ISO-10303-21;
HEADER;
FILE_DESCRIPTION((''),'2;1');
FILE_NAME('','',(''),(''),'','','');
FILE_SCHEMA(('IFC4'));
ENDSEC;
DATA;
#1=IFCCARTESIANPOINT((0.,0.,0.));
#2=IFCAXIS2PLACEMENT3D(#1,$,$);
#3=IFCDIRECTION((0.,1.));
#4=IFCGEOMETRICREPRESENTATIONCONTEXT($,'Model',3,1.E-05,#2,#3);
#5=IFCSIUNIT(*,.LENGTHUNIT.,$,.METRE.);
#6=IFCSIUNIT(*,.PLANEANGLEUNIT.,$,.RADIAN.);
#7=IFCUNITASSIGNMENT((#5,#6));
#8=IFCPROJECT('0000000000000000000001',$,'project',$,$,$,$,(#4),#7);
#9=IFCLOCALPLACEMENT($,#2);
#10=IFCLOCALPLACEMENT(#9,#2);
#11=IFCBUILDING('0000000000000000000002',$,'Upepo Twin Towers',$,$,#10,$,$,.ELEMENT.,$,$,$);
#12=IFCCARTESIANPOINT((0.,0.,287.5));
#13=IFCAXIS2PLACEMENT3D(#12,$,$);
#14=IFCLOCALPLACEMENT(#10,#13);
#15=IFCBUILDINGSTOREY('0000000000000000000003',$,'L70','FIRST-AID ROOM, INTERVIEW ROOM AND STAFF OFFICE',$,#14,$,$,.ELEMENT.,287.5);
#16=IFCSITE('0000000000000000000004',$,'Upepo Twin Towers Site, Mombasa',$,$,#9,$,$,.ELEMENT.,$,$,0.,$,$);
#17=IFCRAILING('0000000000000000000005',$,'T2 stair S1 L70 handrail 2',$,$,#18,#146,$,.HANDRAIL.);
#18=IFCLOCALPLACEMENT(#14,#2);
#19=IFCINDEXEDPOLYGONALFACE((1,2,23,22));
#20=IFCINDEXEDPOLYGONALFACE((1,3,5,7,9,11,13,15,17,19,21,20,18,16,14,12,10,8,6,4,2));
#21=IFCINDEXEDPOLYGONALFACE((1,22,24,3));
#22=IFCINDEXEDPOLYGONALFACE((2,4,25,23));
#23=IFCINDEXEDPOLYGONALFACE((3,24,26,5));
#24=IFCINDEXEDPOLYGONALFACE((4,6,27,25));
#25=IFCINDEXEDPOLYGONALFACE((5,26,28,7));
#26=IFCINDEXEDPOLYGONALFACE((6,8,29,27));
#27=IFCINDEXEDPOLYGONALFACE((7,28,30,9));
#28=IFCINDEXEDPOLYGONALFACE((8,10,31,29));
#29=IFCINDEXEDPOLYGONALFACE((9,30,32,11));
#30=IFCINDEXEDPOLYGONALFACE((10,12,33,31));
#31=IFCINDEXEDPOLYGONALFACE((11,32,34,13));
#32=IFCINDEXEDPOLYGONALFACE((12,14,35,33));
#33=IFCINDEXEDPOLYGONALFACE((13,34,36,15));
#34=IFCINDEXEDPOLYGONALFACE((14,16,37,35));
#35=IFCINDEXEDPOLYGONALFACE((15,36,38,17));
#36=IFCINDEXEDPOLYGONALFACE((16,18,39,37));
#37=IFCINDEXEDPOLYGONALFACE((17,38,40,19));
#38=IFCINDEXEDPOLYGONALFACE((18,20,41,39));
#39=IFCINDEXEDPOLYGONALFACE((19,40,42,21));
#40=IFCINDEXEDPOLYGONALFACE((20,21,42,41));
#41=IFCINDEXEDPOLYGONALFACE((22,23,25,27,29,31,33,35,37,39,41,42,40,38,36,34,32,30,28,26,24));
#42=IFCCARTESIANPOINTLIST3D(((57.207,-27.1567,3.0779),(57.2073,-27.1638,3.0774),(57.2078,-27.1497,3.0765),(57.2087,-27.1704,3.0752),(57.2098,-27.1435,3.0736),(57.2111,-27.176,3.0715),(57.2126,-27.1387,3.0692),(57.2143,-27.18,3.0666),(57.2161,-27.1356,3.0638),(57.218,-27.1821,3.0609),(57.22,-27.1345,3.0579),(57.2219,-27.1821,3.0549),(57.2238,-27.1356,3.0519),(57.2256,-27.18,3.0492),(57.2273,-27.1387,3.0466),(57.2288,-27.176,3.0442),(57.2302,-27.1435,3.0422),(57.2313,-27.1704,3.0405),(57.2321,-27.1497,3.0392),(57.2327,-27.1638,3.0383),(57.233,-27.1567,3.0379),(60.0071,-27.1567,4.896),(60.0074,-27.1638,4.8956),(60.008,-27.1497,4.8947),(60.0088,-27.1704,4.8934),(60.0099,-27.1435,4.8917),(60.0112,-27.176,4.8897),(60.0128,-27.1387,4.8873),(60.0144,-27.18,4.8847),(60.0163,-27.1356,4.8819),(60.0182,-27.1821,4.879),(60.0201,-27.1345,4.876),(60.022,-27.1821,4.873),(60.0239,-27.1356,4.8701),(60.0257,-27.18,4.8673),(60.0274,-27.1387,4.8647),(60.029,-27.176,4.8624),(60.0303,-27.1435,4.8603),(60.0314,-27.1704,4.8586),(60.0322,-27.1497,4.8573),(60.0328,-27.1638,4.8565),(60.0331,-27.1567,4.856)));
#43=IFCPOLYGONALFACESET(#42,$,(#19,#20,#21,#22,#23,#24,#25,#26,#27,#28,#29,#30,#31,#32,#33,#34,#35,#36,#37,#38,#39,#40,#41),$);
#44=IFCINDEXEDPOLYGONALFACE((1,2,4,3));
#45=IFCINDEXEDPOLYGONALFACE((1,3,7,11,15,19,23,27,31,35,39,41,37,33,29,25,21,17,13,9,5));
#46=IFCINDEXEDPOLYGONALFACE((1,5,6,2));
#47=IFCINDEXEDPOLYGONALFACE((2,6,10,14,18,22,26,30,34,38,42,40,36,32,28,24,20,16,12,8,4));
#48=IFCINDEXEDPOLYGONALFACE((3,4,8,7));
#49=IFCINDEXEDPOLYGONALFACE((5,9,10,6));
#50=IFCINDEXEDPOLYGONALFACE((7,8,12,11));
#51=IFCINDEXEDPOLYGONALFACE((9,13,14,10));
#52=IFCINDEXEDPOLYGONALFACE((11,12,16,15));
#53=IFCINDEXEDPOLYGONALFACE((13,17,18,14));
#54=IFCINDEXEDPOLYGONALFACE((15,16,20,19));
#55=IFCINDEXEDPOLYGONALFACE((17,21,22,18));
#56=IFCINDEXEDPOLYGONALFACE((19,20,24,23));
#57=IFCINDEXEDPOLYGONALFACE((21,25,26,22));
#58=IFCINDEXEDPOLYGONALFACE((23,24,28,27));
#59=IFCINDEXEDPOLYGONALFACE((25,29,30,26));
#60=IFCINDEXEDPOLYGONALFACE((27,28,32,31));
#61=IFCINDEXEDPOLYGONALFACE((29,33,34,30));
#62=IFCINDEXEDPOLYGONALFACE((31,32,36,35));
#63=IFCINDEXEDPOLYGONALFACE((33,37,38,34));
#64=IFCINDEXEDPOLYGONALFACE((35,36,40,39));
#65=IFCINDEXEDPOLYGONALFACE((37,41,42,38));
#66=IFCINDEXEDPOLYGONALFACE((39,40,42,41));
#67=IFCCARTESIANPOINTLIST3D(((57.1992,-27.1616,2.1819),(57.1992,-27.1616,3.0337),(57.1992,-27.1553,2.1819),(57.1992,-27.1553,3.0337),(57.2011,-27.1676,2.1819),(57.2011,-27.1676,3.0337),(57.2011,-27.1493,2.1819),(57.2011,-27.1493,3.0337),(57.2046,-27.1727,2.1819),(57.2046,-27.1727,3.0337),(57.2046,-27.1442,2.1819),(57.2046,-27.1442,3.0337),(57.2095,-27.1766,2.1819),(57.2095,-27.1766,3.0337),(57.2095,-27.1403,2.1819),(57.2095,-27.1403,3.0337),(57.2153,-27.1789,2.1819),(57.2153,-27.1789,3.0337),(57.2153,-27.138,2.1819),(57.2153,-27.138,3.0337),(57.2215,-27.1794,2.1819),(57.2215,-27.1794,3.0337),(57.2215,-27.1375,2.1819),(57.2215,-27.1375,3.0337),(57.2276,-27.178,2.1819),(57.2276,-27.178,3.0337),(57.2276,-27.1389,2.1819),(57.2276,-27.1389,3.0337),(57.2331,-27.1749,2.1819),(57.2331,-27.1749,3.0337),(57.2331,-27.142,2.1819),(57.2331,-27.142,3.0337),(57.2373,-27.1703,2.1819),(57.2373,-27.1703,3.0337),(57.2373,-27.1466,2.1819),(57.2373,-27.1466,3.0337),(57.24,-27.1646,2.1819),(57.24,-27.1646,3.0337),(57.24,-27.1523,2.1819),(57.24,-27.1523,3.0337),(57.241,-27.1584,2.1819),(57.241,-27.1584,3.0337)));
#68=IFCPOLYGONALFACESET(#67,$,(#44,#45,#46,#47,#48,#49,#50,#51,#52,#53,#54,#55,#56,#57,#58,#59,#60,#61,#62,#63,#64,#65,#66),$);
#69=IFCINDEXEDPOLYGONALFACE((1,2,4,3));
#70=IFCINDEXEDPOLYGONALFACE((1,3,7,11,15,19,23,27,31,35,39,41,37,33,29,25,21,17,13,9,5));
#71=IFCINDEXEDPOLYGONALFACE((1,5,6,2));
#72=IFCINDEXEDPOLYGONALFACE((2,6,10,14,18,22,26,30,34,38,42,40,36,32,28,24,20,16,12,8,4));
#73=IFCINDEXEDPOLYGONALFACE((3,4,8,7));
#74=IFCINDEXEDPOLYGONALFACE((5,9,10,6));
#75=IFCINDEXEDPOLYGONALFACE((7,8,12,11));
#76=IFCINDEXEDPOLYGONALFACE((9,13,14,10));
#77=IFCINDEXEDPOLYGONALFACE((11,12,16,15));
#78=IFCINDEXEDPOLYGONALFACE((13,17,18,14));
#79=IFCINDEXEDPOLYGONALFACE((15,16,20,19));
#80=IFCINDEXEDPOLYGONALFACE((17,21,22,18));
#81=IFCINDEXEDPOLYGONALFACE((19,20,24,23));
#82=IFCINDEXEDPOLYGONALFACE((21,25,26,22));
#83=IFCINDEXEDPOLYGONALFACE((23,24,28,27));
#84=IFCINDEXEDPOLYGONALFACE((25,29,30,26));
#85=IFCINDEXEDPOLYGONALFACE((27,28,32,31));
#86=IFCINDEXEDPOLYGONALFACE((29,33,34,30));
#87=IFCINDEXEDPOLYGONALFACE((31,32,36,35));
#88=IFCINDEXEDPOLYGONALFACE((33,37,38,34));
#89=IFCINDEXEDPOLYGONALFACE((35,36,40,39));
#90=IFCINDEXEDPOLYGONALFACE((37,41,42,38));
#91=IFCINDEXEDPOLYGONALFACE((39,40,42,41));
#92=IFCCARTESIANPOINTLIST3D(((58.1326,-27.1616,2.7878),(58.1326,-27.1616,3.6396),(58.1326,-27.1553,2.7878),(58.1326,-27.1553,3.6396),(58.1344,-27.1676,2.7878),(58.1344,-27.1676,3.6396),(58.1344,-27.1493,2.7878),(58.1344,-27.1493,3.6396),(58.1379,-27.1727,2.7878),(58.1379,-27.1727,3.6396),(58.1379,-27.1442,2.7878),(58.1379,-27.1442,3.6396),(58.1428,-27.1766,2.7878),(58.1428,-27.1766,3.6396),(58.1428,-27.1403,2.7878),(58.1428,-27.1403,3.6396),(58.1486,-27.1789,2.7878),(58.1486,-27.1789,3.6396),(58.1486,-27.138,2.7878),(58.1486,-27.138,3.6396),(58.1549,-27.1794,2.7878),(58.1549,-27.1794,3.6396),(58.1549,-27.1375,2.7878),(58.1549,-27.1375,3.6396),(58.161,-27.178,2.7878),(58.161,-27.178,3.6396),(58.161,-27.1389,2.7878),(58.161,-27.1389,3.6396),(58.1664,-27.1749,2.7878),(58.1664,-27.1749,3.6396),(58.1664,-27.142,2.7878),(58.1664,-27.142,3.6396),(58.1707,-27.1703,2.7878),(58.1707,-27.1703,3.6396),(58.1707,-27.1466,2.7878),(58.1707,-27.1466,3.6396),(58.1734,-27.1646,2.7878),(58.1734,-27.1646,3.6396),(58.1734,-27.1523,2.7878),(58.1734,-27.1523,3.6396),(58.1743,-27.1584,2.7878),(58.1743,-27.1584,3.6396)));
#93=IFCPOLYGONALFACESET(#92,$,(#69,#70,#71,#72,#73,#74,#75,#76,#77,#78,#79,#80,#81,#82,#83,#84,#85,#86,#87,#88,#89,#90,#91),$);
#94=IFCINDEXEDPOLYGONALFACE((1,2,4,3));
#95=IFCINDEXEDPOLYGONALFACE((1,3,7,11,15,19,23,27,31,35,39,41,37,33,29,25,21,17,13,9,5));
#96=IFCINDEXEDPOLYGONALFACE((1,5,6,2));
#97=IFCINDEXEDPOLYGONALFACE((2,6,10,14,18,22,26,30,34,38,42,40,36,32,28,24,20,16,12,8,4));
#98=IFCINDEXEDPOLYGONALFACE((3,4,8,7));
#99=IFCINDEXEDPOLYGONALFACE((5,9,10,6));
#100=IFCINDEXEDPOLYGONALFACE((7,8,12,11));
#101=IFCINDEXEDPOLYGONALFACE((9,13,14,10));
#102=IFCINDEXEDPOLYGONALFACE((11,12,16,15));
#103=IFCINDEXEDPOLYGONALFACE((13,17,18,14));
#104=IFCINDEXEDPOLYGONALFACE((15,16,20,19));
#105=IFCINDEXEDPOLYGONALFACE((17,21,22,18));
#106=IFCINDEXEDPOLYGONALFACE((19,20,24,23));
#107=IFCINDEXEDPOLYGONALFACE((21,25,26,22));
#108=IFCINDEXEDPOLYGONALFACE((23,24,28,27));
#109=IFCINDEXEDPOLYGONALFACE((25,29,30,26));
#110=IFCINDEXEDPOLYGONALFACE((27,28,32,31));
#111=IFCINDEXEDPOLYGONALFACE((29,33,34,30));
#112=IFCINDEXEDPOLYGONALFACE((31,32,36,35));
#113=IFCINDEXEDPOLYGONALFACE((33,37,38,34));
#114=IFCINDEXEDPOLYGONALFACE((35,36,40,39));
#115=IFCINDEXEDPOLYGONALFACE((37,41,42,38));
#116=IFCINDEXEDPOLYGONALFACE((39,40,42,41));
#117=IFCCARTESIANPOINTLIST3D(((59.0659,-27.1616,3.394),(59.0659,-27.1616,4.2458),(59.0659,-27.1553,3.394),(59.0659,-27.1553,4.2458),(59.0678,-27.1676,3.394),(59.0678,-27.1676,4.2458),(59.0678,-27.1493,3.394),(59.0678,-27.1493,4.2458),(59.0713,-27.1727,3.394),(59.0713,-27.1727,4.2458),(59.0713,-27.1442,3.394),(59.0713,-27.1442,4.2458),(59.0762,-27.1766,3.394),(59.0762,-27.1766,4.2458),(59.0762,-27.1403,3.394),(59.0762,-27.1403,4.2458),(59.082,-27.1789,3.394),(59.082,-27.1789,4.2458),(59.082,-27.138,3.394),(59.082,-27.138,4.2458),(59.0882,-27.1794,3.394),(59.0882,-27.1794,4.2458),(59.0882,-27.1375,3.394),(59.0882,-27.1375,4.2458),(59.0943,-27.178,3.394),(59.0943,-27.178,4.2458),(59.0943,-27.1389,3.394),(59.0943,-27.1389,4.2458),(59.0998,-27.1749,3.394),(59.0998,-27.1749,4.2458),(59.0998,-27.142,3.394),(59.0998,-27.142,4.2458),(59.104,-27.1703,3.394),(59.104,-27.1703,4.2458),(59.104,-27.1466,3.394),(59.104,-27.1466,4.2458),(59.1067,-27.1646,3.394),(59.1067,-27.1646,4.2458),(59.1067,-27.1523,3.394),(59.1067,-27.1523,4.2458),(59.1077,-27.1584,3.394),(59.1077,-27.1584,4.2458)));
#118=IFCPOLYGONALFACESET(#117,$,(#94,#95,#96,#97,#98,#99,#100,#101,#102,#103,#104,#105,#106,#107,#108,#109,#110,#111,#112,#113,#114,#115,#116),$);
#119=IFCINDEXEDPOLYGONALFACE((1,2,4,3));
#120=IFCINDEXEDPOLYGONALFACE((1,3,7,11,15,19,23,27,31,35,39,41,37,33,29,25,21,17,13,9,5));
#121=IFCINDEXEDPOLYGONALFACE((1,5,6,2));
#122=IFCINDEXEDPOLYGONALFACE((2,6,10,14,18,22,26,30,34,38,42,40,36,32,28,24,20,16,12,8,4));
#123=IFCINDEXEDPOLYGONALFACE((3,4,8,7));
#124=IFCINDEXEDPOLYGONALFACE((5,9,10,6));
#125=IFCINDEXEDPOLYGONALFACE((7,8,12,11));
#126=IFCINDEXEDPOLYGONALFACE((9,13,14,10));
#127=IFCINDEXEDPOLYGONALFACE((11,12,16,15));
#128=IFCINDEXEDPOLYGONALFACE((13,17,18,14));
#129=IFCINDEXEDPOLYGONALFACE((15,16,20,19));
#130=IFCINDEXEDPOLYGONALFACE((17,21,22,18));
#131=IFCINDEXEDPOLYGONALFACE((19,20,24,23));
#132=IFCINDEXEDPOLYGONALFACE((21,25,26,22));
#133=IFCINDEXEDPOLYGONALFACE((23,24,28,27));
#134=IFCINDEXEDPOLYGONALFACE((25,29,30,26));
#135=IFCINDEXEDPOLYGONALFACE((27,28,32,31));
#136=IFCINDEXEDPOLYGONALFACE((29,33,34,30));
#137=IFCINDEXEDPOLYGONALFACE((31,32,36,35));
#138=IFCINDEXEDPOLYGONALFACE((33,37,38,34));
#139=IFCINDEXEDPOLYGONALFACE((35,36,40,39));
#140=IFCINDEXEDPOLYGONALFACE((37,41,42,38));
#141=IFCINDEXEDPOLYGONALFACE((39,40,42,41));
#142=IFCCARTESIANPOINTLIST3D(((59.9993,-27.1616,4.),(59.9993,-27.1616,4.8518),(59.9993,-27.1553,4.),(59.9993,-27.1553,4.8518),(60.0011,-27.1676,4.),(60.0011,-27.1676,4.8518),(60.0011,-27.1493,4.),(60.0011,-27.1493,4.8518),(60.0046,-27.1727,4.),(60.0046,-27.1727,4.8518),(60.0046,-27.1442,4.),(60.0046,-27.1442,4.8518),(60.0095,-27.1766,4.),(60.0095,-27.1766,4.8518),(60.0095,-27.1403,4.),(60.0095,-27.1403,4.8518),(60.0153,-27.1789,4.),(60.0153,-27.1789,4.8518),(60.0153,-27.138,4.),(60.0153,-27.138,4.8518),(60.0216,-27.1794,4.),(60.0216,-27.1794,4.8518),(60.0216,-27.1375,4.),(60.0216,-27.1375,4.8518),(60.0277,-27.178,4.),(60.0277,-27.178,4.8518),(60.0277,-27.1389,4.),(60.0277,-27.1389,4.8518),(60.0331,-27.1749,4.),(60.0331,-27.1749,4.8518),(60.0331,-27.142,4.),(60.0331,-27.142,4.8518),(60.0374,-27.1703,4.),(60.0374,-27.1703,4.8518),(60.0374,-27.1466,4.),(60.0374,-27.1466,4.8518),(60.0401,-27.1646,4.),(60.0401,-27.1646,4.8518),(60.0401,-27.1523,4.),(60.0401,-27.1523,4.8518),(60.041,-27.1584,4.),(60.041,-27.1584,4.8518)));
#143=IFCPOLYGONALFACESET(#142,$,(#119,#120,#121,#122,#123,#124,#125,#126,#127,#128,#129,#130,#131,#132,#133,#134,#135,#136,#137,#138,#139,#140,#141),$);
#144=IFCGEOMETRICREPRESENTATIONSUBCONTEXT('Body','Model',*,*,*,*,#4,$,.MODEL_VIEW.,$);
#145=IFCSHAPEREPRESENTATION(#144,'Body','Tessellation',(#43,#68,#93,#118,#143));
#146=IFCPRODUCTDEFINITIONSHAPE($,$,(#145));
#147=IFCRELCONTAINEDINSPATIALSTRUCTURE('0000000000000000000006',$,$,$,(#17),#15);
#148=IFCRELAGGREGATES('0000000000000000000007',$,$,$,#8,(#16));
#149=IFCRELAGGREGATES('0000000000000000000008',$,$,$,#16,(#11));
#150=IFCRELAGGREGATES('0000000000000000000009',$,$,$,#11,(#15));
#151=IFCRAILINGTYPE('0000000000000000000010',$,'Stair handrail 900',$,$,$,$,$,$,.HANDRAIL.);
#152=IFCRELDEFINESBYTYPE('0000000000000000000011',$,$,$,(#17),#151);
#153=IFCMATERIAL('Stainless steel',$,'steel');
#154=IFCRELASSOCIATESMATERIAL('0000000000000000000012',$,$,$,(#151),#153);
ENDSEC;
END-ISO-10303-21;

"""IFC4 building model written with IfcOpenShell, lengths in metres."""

from ifc_helpers import new_model, si_unit, direction, frame, origin, origin_2d, place, context, subcontext, project, spatial, circle, extrude, material, type_object, element, save


model = new_model("IFC4")

# Units and contexts
model_context = context("Model", 3, precision=1e-05, world=origin(), true_north=direction((0.0, 1.0)))
body_context = subcontext(model_context, "Body", "Model", "MODEL_VIEW")
ifc_project = project(units=[si_unit("LENGTHUNIT", "METRE"), si_unit("PLANEANGLEUNIT", "RADIAN")], contexts=[model_context])

# Site, building, storey
site_placement = place(None, origin())
site = spatial("IfcSite", under=ifc_project, at=site_placement, Name="Upepo Twin Towers Site, Mombasa", CompositionType="ELEMENT", RefElevation=0.0)
building_placement = place(site_placement, origin())
building = spatial("IfcBuilding", under=site, at=building_placement, Name="Upepo Twin Towers", CompositionType="ELEMENT")
storey_placement = place(building_placement, frame((0.0, 0.0, 287.5)))
storey = spatial("IfcBuildingStorey", under=building, at=storey_placement, Name="L70", Description="FIRST-AID ROOM, INTERVIEW ROOM AND STAFF OFFICE", CompositionType="ELEMENT", Elevation=287.5)

# Railing
ifc_material_1 = material(Name="Stainless steel", Category="steel")
railing_type = type_object("IfcRailingType", Name="Stair handrail 900", PredefinedType="HANDRAIL", material=ifc_material_1)
railing_placement = place(storey_placement, frame((57.22, -27.1584, 2.1819)))
element("IfcRailing", 1, at=railing_placement, inside=storey, type_object=railing_type, Name="T2 stair S1 L70 handrail 2", PredefinedType="HANDRAIL", context=body_context, shape_type="SweptSolid", body=[
    extrude(circle(Radius=0.0239, at=origin_2d()), frame((0.0, 0.0, 0.876), z_axis=(0.838706, 0.0, 0.544585), x_axis=(0.0, 1.0, 0.0)), (0.0, 0.0, 1.0), 3.3386),
    extrude(circle(Radius=0.021, at=origin_2d()), origin(), (0.0, 0.0, 1.0), 0.8518),
    extrude(circle(Radius=0.021, at=origin_2d()), frame((0.9333, 0.0, 0.606)), (0.0, 0.0, 1.0), 0.8518),
    extrude(circle(Radius=0.021, at=origin_2d()), frame((1.8667, 0.0, 1.2122)), (0.0, 0.0, 1.0), 0.8518),
    extrude(circle(Radius=0.021, at=origin_2d()), frame((2.8, 0.0, 1.8181)), (0.0, 0.0, 1.0), 0.8518),
])

save(model, "model.ifc")
